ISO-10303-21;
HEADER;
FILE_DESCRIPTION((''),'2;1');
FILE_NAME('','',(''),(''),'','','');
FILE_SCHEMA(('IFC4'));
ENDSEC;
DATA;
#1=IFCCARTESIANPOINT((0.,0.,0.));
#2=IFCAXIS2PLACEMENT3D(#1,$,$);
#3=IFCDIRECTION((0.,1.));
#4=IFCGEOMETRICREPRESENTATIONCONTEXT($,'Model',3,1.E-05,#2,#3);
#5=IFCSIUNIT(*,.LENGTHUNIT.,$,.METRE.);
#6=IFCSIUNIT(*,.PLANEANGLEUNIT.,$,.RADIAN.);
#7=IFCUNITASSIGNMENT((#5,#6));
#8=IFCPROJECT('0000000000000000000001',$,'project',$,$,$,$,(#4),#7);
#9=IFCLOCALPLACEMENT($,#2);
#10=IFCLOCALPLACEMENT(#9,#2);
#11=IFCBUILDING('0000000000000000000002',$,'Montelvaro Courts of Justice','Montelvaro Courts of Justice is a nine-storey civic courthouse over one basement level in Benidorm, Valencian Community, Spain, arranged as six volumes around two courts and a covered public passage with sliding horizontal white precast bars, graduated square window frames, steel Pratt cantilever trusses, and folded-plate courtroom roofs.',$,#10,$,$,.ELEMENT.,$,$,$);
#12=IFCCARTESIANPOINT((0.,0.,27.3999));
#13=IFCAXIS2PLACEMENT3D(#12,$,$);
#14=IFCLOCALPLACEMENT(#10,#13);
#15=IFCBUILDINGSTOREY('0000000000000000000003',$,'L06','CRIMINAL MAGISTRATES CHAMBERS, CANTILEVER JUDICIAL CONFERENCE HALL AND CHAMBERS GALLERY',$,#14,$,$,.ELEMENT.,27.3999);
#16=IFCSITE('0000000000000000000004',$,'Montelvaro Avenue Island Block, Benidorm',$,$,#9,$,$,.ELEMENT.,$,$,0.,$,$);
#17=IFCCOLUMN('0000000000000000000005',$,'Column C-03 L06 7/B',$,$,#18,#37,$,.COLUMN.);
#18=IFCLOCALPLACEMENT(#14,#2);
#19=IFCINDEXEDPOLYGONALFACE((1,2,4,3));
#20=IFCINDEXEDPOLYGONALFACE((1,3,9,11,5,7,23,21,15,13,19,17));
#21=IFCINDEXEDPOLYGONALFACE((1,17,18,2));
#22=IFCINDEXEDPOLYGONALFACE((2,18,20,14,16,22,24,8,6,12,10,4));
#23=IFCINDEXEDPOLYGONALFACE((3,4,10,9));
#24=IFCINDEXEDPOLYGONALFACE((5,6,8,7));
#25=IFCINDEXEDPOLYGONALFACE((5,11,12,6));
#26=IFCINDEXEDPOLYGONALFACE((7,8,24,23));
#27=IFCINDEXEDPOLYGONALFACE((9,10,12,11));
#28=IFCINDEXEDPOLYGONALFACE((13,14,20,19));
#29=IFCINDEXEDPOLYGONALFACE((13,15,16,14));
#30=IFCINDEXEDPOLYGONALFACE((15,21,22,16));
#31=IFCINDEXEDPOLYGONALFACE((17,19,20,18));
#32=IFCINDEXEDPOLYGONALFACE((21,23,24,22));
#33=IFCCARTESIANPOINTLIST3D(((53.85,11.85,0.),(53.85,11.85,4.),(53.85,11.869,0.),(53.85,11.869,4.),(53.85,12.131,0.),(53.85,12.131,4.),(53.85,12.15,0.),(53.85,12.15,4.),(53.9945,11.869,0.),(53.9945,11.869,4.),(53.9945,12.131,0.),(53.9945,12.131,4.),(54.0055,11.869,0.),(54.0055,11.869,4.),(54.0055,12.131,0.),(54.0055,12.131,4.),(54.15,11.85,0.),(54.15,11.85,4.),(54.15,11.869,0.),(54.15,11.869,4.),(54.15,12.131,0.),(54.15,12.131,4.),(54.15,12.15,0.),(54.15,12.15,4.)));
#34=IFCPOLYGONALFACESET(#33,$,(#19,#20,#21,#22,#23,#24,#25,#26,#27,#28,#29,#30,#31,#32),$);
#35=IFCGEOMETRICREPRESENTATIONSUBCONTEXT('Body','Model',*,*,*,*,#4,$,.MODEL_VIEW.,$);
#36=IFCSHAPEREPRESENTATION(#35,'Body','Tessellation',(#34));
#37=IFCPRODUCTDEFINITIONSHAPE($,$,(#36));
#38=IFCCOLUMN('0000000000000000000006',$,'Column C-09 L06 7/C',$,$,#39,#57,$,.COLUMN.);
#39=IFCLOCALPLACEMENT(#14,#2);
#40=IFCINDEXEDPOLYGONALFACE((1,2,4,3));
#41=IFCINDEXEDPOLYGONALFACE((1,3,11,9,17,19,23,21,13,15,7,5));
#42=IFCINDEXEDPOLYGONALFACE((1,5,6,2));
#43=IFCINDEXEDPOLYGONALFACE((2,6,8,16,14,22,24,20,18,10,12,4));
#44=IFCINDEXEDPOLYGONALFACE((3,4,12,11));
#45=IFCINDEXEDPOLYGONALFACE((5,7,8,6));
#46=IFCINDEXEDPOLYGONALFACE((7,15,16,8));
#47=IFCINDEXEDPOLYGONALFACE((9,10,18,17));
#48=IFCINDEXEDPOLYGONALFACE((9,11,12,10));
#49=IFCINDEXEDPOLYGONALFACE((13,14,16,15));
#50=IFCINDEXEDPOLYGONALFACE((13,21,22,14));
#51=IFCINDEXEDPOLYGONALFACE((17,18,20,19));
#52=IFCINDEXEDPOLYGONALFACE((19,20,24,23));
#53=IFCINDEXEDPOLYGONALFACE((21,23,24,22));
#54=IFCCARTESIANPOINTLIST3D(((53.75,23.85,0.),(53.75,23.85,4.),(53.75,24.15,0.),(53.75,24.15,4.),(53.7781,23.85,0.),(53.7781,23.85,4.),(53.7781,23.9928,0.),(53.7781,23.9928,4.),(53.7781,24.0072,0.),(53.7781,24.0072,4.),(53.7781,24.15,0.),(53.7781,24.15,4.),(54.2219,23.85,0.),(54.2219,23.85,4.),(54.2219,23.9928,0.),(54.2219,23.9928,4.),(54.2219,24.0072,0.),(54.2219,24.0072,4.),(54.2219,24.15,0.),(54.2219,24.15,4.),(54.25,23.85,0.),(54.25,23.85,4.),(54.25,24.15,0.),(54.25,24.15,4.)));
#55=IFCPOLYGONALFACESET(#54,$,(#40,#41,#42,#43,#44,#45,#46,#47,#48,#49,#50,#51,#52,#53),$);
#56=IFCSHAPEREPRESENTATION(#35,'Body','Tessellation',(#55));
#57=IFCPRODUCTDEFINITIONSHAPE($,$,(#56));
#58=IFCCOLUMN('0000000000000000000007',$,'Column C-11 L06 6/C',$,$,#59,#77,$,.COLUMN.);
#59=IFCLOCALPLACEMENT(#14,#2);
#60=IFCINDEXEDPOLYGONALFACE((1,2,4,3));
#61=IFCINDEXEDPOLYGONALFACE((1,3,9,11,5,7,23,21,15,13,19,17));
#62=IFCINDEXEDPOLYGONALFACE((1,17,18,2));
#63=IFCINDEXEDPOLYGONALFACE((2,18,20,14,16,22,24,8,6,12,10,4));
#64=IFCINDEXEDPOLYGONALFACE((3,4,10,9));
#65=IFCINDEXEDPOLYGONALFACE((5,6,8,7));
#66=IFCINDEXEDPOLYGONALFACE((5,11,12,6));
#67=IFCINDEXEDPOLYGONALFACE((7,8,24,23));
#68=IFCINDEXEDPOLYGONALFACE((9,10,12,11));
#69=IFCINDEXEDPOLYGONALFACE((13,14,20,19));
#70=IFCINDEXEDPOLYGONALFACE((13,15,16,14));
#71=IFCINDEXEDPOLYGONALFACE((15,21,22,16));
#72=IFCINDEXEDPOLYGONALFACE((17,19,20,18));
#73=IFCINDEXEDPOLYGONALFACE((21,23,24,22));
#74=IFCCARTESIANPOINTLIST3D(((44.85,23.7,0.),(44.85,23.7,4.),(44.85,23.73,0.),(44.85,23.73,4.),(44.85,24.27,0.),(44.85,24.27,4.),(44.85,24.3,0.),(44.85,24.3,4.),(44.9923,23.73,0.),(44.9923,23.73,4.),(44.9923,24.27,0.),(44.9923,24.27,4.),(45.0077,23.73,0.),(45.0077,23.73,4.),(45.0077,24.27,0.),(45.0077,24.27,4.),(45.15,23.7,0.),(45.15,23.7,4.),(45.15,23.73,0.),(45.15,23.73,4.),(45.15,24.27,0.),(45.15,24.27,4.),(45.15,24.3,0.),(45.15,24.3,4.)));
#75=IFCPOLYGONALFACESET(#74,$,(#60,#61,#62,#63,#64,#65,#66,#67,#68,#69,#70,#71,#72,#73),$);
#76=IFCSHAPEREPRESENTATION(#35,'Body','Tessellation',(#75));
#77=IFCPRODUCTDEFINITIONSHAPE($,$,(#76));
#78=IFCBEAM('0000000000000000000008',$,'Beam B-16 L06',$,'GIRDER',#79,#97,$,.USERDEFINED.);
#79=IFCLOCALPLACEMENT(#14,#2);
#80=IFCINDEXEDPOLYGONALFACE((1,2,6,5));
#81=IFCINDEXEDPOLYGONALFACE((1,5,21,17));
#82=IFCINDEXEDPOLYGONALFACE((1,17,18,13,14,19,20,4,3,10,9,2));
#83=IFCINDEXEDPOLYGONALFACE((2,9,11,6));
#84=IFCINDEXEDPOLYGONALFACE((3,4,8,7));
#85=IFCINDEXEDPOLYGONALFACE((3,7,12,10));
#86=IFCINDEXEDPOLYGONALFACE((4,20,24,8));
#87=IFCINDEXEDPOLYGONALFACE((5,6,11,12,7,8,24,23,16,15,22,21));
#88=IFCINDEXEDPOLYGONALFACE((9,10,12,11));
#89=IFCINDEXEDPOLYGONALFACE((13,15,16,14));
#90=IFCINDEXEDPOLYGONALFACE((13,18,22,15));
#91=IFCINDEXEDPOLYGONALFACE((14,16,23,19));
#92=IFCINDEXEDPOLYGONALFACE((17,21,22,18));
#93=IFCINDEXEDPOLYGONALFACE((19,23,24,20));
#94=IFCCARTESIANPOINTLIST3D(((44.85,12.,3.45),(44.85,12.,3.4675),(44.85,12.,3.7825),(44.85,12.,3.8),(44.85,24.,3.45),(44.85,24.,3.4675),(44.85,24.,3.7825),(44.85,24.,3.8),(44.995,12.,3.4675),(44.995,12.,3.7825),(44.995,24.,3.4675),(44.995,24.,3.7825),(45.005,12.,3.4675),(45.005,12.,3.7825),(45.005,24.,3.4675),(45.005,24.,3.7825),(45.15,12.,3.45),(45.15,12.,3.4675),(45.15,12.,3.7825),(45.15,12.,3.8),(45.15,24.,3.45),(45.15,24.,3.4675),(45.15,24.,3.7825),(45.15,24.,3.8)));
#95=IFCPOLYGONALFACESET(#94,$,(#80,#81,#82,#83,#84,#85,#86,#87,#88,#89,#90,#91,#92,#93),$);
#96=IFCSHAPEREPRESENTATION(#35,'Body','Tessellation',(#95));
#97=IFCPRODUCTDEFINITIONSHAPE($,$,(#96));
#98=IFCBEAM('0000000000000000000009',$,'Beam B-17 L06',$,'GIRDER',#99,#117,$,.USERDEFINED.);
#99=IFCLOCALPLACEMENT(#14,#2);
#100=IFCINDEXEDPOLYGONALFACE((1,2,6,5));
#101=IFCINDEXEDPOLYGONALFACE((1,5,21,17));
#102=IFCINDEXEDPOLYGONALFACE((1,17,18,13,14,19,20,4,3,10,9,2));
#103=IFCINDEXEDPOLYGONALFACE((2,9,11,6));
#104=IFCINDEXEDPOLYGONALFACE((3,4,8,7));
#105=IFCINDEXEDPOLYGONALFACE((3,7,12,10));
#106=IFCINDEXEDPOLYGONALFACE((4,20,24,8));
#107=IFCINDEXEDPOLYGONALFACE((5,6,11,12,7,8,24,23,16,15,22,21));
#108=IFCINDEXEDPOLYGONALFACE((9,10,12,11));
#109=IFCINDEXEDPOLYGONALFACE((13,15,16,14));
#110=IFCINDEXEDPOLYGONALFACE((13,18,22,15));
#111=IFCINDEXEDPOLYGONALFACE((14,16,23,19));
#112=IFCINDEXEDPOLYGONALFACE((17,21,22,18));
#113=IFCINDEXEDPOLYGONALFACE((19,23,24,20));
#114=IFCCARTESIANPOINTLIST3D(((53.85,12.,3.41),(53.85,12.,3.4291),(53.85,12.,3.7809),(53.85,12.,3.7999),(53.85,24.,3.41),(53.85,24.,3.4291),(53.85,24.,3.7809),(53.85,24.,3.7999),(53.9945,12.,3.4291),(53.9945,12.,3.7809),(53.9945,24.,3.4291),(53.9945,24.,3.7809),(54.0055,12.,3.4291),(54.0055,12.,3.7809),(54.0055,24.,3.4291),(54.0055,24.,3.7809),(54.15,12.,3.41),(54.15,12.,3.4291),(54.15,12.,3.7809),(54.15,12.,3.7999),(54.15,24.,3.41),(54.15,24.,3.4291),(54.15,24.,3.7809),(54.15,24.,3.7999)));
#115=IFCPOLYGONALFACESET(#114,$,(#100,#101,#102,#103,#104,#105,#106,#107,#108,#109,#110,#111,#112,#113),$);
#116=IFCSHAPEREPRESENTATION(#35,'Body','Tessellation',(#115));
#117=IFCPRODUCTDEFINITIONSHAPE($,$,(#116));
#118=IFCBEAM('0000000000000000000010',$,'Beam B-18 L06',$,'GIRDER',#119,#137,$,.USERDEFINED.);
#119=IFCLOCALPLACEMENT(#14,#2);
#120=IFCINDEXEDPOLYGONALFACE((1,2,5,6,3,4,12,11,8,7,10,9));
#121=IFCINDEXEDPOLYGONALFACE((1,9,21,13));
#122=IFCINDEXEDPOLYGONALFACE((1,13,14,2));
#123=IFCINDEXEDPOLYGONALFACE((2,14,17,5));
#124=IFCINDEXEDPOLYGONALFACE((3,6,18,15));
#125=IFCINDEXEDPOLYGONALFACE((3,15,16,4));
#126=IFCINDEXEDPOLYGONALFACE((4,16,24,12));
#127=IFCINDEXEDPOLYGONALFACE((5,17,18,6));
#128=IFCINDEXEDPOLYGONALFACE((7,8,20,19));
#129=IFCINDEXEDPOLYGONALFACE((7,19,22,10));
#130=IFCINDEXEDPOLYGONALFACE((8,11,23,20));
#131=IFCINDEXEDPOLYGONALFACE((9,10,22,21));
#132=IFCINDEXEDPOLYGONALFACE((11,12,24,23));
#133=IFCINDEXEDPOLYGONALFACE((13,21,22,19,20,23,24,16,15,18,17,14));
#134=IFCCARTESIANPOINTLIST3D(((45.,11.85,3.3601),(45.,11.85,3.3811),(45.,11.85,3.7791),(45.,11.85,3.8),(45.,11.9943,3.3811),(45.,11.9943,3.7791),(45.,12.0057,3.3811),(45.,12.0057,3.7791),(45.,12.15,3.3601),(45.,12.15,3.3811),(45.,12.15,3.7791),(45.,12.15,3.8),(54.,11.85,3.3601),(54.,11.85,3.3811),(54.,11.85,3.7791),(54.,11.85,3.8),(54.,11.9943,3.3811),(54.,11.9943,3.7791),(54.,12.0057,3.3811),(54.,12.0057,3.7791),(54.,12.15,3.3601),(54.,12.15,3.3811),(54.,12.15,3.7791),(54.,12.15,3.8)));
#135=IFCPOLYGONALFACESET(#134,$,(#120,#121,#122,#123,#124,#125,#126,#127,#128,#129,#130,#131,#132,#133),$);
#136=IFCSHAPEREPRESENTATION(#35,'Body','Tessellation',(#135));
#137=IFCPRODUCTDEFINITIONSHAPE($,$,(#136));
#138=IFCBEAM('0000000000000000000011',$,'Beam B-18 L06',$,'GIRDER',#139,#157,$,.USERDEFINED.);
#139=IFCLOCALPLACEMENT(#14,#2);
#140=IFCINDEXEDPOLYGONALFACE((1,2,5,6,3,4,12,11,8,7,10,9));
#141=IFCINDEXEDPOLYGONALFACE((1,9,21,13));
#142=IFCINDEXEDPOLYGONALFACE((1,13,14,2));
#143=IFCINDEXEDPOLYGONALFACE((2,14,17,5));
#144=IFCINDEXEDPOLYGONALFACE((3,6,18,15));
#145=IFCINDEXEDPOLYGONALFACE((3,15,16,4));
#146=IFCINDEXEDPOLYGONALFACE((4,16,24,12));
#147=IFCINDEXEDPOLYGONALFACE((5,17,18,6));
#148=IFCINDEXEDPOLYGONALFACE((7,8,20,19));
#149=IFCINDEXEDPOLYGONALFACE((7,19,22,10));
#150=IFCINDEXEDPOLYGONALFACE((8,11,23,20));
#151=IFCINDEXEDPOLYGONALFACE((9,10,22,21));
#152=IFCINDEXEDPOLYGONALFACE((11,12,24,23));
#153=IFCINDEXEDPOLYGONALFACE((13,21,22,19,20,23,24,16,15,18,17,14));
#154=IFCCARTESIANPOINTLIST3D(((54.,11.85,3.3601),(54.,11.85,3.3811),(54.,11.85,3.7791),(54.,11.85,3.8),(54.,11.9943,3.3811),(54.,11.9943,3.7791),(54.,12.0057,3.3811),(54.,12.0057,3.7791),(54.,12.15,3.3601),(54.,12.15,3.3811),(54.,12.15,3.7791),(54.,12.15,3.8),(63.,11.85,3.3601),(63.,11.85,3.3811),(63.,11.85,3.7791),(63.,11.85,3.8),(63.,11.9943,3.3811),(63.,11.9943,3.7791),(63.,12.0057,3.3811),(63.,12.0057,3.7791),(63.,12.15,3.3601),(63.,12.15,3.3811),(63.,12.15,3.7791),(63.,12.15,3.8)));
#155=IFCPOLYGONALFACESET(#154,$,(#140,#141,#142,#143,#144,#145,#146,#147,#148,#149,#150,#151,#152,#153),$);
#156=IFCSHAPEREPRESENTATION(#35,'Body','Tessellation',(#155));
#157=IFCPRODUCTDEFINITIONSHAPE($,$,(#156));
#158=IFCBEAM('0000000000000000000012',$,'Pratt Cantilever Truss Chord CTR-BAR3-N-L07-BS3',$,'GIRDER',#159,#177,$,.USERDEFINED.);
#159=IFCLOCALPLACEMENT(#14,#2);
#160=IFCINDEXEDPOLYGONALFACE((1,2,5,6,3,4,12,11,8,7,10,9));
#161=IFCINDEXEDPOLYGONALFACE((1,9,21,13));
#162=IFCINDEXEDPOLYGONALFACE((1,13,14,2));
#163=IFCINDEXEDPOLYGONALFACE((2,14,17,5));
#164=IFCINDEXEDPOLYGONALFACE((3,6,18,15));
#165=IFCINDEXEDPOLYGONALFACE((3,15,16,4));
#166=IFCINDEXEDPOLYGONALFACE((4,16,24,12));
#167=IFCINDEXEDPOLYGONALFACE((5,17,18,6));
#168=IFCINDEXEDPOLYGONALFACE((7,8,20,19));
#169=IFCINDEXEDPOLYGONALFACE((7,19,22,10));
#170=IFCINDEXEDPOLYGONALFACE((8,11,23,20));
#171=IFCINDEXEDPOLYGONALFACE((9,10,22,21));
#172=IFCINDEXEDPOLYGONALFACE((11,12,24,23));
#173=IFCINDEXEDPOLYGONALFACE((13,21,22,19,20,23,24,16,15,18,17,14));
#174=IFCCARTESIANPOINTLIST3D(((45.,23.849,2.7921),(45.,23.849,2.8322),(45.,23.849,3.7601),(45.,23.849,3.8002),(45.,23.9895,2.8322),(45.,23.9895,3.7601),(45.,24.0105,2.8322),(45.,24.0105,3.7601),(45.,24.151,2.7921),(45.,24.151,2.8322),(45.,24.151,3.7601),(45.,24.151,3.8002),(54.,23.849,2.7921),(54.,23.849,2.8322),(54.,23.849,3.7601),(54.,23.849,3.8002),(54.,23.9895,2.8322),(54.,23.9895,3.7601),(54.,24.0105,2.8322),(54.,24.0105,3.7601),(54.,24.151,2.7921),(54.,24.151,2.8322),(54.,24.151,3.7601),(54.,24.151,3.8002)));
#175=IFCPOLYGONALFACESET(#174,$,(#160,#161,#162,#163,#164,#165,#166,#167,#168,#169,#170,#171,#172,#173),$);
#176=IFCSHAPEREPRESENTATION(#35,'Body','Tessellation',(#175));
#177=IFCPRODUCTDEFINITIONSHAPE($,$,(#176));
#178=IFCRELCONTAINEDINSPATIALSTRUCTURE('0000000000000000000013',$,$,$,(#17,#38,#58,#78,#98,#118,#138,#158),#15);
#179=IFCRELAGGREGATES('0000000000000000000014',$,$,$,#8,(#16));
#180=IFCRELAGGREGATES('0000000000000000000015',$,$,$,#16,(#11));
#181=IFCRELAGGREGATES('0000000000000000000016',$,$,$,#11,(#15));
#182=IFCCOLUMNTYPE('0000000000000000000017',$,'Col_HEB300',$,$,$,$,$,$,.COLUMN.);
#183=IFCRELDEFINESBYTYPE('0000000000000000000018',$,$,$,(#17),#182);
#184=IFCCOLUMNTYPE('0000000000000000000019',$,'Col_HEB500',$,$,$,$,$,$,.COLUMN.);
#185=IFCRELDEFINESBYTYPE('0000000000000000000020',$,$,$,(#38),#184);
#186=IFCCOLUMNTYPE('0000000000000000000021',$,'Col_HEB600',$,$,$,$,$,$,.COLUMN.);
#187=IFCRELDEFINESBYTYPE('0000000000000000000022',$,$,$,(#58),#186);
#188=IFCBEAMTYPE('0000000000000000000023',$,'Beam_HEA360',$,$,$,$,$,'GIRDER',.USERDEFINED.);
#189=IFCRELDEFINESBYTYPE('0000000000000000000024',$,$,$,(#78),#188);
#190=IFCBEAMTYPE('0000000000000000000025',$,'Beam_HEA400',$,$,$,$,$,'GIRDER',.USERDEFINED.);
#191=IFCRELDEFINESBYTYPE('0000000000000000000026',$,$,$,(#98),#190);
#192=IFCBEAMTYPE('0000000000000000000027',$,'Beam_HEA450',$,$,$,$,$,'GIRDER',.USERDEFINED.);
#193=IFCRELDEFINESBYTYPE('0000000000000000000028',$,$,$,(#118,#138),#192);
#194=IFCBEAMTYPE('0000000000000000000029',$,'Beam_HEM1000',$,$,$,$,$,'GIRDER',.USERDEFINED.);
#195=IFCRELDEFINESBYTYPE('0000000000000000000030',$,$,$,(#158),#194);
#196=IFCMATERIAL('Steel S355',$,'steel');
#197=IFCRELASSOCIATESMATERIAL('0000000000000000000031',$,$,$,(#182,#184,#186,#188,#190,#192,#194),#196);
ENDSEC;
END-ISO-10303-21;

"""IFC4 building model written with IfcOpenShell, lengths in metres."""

from ifc_helpers import new_model, si_unit, direction, frame, origin, origin_2d, place, context, subcontext, project, spatial, i_section, extrude, material, material_profile, profile_set, type_object, element, save


model = new_model("IFC4")

# Units and contexts
model_context = context("Model", 3, precision=1e-05, world=origin(), true_north=direction((0.0, 1.0)))
body_context = subcontext(model_context, "Body", "Model", "MODEL_VIEW")
ifc_project = project(units=[si_unit("LENGTHUNIT", "METRE"), si_unit("PLANEANGLEUNIT", "RADIAN")], contexts=[model_context])

# Site, building, storey
site_placement = place(None, origin())
site = spatial("IfcSite", under=ifc_project, at=site_placement, Name="Montelvaro Avenue Island Block, Benidorm", CompositionType="ELEMENT", RefElevation=0.0)
building_placement = place(site_placement, origin())
building = spatial("IfcBuilding", under=site, at=building_placement, Name="Montelvaro Courts of Justice", Description="Montelvaro Courts of Justice is a nine-storey civic courthouse over one basement level in Benidorm, Valencian Community, Spain, arranged as six volumes around two courts and a covered public passage with sliding horizontal white precast bars, graduated square window frames, steel Pratt cantilever trusses, and folded-plate courtroom roofs.", CompositionType="ELEMENT")
storey_placement = place(building_placement, frame((0.0, 0.0, 27.3999)))
storey = spatial("IfcBuildingStorey", under=building, at=storey_placement, Name="L06", Description="CRIMINAL MAGISTRATES CHAMBERS, CANTILEVER JUDICIAL CONFERENCE HALL AND CHAMBERS GALLERY", CompositionType="ELEMENT", Elevation=27.3999)

# Columns
ifc_material_1 = material(Name="Steel S355", Category="steel")
ifc_material_profile_1 = material_profile(ifc_material_1, i_section(OverallWidth=0.3, OverallDepth=0.3, WebThickness=0.011, FlangeThickness=0.019, at=origin_2d()), Name="HEB 300")
ifc_profile_set_1 = profile_set([ifc_material_profile_1], Name="Steel S355")
column_type_1 = type_object("IfcColumnType", Name="Col_HEB300", PredefinedType="COLUMN", material=ifc_profile_set_1)
column_1_placement = place(storey_placement, frame((54.0, 12.0, 0.0), z_axis=(0.0, 0.0, 1.0), x_axis=(1.0, 0.0, 0.0)))
element("IfcColumn", 1, at=column_1_placement, inside=storey, type_object=column_type_1, Name="Column C-03 L06 7/B", PredefinedType="COLUMN", context=body_context, shape_type="SweptSolid", body=[
    extrude(i_section(OverallWidth=0.3, OverallDepth=0.3, WebThickness=0.011, FlangeThickness=0.019, at=origin_2d()), origin(), (0.0, 0.0, 1.0), 4.0),
])
ifc_material_profile_2 = material_profile(ifc_material_1, i_section(OverallWidth=0.3, OverallDepth=0.5, WebThickness=0.0144, FlangeThickness=0.0281, at=origin_2d()), Name="HEB 500")
ifc_profile_set_2 = profile_set([ifc_material_profile_2], Name="Steel S355")
column_type_2 = type_object("IfcColumnType", Name="Col_HEB500", PredefinedType="COLUMN", material=ifc_profile_set_2)
column_2_placement = place(storey_placement, frame((54.0, 24.0, 0.0), z_axis=(0.0, 0.0, 1.0), x_axis=(0.0, 1.0, 0.0)))
element("IfcColumn", 2, at=column_2_placement, inside=storey, type_object=column_type_2, Name="Column C-09 L06 7/C", PredefinedType="COLUMN", context=body_context, shape_type="SweptSolid", body=[
    extrude(i_section(OverallWidth=0.3, OverallDepth=0.5, WebThickness=0.0144, FlangeThickness=0.0281, at=origin_2d()), origin(), (0.0, 0.0, 1.0), 4.0),
])
ifc_material_profile_3 = material_profile(ifc_material_1, i_section(OverallWidth=0.3, OverallDepth=0.6001, WebThickness=0.0154, FlangeThickness=0.03, at=origin_2d()), Name="HEB 600")
ifc_profile_set_3 = profile_set([ifc_material_profile_3], Name="Steel S355")
column_type_3 = type_object("IfcColumnType", Name="Col_HEB600", PredefinedType="COLUMN", material=ifc_profile_set_3)
column_3_placement = place(storey_placement, frame((45.0, 24.0, 0.0), z_axis=(0.0, 0.0, 1.0), x_axis=(1.0, 0.0, 0.0)))
element("IfcColumn", 3, at=column_3_placement, inside=storey, type_object=column_type_3, Name="Column C-11 L06 6/C", PredefinedType="COLUMN", context=body_context, shape_type="SweptSolid", body=[
    extrude(i_section(OverallWidth=0.3, OverallDepth=0.6001, WebThickness=0.0154, FlangeThickness=0.03, at=origin_2d()), origin(), (0.0, 0.0, 1.0), 4.0),
])

# Beams
ifc_material_profile_4 = material_profile(ifc_material_1, i_section(OverallWidth=0.3, OverallDepth=0.3501, WebThickness=0.01, FlangeThickness=0.0176, at=origin_2d()), Name="HEA 360")
ifc_profile_set_4 = profile_set([ifc_material_profile_4], Name="Steel S355")
beam_type_1 = type_object("IfcBeamType", Name="Beam_HEA360", ElementType="GIRDER", PredefinedType="USERDEFINED", material=ifc_profile_set_4)
beam_1_placement = place(storey_placement, frame((45.0, 12.0, 3.625), z_axis=(0.0, 1.0, 0.0), x_axis=(-1.0, 0.0, 0.0)))
element("IfcBeam", 4, at=beam_1_placement, inside=storey, type_object=beam_type_1, Name="Beam B-16 L06", ObjectType="GIRDER", PredefinedType="USERDEFINED", context=body_context, shape_type="SweptSolid", body=[
    extrude(i_section(OverallWidth=0.3, OverallDepth=0.3501, WebThickness=0.01, FlangeThickness=0.0176, at=origin_2d()), origin(), (0.0, 0.0, 1.0), 12.0),
])
ifc_material_profile_5 = material_profile(ifc_material_1, i_section(OverallWidth=0.3, OverallDepth=0.3899, WebThickness=0.011, FlangeThickness=0.019, at=origin_2d()), Name="HEA 400")
ifc_profile_set_5 = profile_set([ifc_material_profile_5], Name="Steel S355")
beam_type_2 = type_object("IfcBeamType", Name="Beam_HEA400", ElementType="GIRDER", PredefinedType="USERDEFINED", material=ifc_profile_set_5)
beam_2_placement = place(storey_placement, frame((54.0, 12.0, 3.605), z_axis=(0.0, 1.0, 0.0), x_axis=(-1.0, 0.0, 0.0)))
element("IfcBeam", 5, at=beam_2_placement, inside=storey, type_object=beam_type_2, Name="Beam B-17 L06", ObjectType="GIRDER", PredefinedType="USERDEFINED", context=body_context, shape_type="SweptSolid", body=[
    extrude(i_section(OverallWidth=0.3, OverallDepth=0.3899, WebThickness=0.011, FlangeThickness=0.019, at=origin_2d()), origin(), (0.0, 0.0, 1.0), 12.0),
])
ifc_material_profile_6 = material_profile(ifc_material_1, i_section(OverallWidth=0.3, OverallDepth=0.4399, WebThickness=0.0115, FlangeThickness=0.021, at=origin_2d()), Name="HEA 450")
ifc_profile_set_6 = profile_set([ifc_material_profile_6], Name="Steel S355")
beam_type_3 = type_object("IfcBeamType", Name="Beam_HEA450", ElementType="GIRDER", PredefinedType="USERDEFINED", material=ifc_profile_set_6)
for number, where, z_axis, x_axis, name in (
    (6, (45.0, 12.0, 3.5801), (1.0, 0.0, 0.0), (0.0, 1.0, 0.0), "Beam B-18 L06"),
    (7, (54.0, 12.0, 3.5801), (1.0, 0.0, 0.0), (0.0, 1.0, 0.0), "Beam B-18 L06"),
):
    element("IfcBeam", number, at=place(storey_placement, frame(where, z_axis=z_axis, x_axis=x_axis)), inside=storey, type_object=beam_type_3, Name=name, ObjectType="GIRDER", PredefinedType="USERDEFINED", context=body_context, shape_type="SweptSolid", body=[
        extrude(i_section(OverallWidth=0.3, OverallDepth=0.4399, WebThickness=0.0115, FlangeThickness=0.021, at=origin_2d()), origin(), (0.0, 0.0, 1.0), 9.0),
    ])
ifc_material_profile_7 = material_profile(ifc_material_1, i_section(OverallWidth=0.302, OverallDepth=1.0081, WebThickness=0.021, FlangeThickness=0.04, at=origin_2d()), Name="HEM 1000")
ifc_profile_set_7 = profile_set([ifc_material_profile_7], Name="Steel S355")
beam_type_4 = type_object("IfcBeamType", Name="Beam_HEM1000", ElementType="GIRDER", PredefinedType="USERDEFINED", material=ifc_profile_set_7)
beam_3_placement = place(storey_placement, frame((54.0, 24.0, 3.2961), z_axis=(-1.0, 0.0, 0.0), x_axis=(0.0, -1.0, 0.0)))
element("IfcBeam", 8, at=beam_3_placement, inside=storey, type_object=beam_type_4, Name="Pratt Cantilever Truss Chord CTR-BAR3-N-L07-BS3", ObjectType="GIRDER", PredefinedType="USERDEFINED", context=body_context, shape_type="SweptSolid", body=[
    extrude(i_section(OverallWidth=0.302, OverallDepth=1.0081, WebThickness=0.021, FlangeThickness=0.04, at=origin_2d()), origin(), (0.0, 0.0, 1.0), 9.0),
])

save(model, "model.ifc")
